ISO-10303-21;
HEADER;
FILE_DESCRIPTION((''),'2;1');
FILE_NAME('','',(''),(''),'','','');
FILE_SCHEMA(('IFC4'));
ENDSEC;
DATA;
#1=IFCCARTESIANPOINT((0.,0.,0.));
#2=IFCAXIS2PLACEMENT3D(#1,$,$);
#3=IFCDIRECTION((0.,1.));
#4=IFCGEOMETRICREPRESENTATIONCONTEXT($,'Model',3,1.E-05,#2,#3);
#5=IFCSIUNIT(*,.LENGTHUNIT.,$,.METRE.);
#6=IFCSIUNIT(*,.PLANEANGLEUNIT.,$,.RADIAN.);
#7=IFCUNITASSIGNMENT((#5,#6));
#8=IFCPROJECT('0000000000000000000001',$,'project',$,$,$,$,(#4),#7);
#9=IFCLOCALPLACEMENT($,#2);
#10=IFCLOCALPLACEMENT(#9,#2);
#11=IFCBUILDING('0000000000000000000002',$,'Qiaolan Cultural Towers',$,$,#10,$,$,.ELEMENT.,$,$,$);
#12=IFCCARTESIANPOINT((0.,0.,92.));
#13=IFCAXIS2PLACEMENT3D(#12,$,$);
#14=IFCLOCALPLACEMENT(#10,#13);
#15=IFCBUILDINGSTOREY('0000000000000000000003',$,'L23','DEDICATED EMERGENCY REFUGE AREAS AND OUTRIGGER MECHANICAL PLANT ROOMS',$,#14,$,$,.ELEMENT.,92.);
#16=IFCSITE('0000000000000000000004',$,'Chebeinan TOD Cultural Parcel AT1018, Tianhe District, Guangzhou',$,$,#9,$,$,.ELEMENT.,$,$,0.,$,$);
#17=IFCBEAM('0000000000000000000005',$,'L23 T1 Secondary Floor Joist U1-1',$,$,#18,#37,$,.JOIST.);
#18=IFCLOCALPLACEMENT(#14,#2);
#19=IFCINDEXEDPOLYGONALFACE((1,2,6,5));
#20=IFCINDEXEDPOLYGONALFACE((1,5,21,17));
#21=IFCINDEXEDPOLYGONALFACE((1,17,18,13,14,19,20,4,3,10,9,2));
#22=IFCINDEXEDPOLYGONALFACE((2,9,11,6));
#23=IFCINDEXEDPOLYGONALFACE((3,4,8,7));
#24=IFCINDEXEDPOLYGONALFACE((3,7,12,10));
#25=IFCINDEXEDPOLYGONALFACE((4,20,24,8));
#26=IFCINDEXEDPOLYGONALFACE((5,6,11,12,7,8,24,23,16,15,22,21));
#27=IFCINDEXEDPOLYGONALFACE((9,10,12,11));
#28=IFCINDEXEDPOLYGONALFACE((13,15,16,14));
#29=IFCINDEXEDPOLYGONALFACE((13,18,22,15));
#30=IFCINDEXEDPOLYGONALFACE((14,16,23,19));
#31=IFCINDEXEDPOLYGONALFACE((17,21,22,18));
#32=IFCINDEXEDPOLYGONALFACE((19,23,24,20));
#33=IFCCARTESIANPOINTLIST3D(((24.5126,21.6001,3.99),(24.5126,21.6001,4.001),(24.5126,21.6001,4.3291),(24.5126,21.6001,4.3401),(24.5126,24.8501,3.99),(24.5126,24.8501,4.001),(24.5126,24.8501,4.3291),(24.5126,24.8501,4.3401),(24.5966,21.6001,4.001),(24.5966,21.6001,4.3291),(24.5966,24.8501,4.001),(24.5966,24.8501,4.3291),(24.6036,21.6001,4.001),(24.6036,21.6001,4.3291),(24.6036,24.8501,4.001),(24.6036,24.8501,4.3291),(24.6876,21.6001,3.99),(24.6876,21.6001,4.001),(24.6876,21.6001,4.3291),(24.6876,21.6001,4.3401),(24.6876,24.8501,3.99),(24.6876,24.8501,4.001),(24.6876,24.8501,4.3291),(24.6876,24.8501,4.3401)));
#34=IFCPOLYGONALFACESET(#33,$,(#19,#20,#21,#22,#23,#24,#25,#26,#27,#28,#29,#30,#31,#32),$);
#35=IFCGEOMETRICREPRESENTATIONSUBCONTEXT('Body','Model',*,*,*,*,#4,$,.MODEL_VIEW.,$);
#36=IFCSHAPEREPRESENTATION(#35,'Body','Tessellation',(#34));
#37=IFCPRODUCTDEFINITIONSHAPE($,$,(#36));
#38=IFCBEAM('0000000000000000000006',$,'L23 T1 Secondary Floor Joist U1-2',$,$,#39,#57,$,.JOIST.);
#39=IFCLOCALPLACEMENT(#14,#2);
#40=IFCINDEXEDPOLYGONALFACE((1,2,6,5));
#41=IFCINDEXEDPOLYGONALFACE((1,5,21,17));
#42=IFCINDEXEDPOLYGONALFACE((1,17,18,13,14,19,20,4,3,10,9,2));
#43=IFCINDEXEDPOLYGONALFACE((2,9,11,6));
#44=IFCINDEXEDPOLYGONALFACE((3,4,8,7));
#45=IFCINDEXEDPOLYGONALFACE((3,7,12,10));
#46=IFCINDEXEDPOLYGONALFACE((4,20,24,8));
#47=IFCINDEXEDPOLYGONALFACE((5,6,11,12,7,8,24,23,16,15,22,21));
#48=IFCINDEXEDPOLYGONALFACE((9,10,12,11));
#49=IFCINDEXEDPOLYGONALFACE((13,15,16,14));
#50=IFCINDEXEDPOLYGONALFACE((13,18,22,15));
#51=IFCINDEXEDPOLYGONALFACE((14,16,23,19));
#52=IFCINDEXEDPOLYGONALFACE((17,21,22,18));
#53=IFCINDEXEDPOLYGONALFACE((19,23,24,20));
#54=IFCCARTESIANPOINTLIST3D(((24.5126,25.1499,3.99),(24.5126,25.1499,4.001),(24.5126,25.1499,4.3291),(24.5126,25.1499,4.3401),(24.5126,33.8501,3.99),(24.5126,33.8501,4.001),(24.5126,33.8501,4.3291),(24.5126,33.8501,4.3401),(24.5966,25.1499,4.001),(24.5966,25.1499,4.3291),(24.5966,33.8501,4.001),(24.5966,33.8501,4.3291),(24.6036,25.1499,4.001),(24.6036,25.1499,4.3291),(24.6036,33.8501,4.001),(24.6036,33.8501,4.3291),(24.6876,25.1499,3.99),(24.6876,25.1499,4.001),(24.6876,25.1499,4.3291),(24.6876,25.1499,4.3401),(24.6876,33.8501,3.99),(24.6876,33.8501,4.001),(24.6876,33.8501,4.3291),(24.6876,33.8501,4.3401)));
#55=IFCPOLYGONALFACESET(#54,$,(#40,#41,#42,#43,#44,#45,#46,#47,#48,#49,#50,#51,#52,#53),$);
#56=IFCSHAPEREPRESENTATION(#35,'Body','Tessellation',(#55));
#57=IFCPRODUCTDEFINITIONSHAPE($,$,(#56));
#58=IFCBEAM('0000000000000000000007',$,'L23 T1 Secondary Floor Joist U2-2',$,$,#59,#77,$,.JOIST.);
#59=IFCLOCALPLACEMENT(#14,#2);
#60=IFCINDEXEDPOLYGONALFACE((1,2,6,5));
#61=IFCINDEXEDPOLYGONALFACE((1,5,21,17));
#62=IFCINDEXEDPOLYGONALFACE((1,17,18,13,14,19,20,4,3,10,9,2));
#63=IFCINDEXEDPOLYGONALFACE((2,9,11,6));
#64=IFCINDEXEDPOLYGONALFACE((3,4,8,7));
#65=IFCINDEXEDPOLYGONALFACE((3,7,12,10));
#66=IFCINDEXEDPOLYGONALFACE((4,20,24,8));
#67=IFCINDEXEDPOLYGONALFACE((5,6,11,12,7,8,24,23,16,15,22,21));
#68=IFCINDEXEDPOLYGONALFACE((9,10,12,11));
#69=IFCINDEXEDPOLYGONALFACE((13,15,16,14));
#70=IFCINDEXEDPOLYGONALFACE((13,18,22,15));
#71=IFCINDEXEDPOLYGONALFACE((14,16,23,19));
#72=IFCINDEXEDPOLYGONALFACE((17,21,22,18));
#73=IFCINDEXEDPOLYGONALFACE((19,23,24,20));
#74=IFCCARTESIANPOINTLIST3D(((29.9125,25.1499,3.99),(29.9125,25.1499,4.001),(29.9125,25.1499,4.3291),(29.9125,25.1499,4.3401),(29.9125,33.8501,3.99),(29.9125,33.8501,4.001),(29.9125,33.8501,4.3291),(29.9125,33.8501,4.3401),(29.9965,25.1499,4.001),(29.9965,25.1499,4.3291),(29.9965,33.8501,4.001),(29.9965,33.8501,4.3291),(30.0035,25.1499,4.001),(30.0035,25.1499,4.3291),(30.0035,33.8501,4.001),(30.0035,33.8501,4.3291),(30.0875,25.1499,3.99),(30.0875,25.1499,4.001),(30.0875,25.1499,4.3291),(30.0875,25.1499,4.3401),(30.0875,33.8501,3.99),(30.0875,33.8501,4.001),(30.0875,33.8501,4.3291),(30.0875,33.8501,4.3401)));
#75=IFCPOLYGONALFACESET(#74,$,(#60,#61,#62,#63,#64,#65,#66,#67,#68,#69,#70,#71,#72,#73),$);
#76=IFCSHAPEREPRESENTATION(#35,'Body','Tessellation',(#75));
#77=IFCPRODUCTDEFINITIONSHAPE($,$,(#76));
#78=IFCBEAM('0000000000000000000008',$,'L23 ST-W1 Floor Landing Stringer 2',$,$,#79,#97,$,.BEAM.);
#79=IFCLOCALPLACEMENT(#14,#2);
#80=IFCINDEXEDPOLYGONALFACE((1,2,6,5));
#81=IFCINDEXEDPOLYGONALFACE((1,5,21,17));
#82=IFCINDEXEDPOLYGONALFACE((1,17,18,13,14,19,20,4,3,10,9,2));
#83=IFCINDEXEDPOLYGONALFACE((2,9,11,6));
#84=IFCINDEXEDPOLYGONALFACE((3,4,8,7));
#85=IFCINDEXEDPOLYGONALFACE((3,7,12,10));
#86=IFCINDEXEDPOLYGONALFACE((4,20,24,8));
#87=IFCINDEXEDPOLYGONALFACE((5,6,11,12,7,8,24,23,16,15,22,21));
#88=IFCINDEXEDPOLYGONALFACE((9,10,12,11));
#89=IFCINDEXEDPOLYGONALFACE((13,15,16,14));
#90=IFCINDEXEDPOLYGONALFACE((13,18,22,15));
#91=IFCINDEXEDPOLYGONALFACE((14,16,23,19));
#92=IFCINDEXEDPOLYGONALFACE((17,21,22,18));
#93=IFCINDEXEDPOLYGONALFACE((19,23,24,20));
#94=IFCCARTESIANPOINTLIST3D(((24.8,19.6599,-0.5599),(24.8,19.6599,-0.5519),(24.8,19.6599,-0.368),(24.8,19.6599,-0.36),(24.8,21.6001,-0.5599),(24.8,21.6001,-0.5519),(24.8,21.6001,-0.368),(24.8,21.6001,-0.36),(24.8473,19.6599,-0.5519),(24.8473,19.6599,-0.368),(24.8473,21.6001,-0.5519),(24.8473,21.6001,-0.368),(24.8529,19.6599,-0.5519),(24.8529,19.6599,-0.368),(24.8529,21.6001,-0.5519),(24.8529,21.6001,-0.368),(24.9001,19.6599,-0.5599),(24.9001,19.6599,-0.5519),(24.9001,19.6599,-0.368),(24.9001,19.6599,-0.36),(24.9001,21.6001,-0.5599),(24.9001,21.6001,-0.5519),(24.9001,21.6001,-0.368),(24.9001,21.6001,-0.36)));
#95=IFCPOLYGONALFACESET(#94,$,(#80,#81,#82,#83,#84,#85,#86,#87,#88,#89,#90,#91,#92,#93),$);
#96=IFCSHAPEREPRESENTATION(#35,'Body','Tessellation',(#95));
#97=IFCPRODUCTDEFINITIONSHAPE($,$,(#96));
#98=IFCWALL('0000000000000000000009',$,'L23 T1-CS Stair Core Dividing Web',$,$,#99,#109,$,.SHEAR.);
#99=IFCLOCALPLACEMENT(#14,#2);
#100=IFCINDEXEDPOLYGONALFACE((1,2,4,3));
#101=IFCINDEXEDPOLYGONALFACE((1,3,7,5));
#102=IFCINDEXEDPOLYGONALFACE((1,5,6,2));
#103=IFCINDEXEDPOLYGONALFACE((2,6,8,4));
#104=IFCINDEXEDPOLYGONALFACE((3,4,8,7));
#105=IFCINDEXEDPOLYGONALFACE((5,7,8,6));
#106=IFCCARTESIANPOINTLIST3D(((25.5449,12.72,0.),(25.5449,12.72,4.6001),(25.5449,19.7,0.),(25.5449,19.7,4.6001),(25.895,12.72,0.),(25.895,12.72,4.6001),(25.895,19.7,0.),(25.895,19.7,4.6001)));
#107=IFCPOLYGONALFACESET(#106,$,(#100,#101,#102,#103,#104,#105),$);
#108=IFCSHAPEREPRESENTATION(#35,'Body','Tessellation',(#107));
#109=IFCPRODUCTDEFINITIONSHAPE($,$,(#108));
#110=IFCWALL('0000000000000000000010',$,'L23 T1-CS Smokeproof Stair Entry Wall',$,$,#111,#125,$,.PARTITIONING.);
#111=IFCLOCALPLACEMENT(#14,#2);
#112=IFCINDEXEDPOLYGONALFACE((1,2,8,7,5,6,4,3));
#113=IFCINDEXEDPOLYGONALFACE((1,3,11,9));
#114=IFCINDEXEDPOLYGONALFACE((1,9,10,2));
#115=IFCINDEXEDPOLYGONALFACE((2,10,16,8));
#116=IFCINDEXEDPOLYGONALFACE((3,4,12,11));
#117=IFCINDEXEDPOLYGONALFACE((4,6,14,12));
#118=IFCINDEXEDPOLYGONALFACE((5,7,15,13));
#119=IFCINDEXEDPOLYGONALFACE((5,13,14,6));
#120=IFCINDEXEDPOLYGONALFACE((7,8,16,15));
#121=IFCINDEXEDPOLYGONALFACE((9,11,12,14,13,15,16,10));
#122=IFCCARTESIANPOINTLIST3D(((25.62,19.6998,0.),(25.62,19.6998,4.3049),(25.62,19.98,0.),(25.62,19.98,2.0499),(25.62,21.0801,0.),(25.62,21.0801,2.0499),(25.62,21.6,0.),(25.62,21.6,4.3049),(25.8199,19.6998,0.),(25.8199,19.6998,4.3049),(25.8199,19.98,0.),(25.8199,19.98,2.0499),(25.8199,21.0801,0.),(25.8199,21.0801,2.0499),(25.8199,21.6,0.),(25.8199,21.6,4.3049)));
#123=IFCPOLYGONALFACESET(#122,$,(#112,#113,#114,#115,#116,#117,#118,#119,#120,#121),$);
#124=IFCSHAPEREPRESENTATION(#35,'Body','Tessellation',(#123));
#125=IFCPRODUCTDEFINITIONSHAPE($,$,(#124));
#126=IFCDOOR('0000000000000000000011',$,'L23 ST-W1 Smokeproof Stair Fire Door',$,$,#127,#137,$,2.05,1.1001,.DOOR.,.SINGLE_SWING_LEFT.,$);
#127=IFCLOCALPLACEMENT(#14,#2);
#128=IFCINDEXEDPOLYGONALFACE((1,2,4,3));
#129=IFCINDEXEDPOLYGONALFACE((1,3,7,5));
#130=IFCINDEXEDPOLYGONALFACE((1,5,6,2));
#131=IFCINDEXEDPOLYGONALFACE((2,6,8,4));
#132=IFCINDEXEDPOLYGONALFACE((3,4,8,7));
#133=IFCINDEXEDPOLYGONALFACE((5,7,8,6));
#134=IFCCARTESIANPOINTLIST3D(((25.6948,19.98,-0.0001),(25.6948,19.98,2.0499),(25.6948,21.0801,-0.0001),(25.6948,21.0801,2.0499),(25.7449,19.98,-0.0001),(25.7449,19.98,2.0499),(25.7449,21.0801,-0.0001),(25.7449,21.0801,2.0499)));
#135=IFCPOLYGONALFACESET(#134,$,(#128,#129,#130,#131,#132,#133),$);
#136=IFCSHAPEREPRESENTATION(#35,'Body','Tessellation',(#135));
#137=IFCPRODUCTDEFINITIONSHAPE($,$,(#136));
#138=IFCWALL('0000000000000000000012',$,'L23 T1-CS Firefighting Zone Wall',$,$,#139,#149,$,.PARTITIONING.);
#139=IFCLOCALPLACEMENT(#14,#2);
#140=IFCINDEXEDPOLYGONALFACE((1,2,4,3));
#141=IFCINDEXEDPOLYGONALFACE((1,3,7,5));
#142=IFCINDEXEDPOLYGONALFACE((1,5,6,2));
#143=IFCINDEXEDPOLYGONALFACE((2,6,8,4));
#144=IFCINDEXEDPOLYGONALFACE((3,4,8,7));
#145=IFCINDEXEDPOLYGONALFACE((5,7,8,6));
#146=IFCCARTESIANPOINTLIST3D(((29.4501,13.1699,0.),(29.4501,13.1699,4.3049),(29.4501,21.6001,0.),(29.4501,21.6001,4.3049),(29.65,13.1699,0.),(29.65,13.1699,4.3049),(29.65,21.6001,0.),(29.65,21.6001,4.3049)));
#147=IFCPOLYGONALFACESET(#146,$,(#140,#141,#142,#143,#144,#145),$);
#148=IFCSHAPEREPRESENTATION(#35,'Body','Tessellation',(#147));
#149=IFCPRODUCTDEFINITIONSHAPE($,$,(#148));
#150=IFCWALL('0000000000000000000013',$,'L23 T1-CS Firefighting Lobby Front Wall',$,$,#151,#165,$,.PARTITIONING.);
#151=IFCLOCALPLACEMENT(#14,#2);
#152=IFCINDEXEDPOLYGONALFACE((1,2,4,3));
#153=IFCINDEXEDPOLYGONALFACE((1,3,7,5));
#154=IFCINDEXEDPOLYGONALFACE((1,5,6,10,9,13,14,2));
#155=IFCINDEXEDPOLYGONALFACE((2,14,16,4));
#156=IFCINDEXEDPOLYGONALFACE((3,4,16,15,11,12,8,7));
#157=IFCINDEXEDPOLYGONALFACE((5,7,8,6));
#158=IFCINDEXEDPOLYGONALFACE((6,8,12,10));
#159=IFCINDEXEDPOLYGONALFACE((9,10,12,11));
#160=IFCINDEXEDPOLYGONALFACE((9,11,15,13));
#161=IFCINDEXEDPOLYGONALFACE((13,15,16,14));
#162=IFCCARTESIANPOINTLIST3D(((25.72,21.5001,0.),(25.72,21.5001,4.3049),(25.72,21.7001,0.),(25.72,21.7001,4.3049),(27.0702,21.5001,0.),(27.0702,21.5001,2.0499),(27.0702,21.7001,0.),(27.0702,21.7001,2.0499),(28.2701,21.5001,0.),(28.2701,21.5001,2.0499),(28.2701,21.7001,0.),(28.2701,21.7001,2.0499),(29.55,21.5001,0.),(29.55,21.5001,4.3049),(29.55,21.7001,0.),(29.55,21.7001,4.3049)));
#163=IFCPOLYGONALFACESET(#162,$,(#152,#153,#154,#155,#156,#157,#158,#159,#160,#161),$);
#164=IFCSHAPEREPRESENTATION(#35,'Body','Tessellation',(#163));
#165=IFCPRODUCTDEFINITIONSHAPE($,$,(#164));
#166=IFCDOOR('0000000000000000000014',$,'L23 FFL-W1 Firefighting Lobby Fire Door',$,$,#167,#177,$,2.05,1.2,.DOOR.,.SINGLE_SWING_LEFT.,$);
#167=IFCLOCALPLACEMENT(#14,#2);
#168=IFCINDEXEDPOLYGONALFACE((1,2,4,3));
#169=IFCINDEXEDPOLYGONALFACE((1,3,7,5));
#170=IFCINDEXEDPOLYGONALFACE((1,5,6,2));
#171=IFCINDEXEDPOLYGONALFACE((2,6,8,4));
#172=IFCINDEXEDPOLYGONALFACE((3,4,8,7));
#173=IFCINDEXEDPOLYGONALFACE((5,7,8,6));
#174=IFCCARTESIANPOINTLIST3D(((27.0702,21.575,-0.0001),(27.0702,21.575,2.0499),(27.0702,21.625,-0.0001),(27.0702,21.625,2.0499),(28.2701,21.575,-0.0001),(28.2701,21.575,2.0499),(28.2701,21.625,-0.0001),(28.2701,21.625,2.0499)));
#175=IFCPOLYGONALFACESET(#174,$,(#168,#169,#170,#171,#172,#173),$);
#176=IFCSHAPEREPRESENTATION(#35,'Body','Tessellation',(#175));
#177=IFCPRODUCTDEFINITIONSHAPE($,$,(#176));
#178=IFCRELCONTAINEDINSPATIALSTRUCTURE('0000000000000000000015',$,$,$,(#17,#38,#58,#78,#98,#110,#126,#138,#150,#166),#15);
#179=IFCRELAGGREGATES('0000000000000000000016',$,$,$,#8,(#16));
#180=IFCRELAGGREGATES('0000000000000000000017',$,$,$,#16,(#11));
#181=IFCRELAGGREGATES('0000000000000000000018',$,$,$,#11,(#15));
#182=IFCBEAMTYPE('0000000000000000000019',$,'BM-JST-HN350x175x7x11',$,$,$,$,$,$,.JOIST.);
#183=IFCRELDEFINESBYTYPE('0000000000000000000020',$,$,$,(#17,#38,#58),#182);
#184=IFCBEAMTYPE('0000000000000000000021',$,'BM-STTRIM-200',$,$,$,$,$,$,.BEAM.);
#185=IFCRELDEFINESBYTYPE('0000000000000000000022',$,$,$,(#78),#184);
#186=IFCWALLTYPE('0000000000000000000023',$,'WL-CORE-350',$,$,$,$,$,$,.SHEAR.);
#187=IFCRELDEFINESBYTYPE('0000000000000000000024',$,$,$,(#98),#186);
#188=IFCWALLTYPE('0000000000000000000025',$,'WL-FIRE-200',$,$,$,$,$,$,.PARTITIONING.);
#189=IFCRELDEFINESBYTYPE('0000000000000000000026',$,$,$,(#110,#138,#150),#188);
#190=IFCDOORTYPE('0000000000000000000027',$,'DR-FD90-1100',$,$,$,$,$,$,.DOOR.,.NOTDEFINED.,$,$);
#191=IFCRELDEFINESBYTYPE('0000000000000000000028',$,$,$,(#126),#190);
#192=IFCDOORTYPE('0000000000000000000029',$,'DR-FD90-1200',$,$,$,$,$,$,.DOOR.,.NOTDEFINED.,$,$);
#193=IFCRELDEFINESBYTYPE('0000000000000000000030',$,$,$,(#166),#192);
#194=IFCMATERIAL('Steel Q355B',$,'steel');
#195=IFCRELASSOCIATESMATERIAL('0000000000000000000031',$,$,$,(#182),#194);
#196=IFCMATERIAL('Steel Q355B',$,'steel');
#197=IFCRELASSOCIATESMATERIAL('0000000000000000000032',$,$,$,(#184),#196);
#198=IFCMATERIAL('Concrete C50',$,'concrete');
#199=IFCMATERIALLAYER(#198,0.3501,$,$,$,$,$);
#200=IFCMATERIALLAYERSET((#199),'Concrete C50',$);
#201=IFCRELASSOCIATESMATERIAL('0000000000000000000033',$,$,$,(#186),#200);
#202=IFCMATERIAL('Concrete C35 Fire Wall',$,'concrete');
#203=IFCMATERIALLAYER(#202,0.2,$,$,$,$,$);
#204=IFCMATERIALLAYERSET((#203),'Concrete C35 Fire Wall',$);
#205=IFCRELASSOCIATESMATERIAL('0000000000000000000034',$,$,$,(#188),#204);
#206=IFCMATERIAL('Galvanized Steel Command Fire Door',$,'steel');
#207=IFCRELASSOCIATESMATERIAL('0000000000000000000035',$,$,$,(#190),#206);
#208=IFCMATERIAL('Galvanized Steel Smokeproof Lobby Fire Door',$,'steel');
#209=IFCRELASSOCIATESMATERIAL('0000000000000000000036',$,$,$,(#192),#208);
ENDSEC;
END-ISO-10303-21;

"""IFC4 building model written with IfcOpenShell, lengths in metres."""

from ifc_helpers import new_model, si_unit, direction, frame, frame_2d, origin, origin_2d, place, context, subcontext, project, spatial, rectangle, i_section, extrude, material, layer, layer_set, material_profile, profile_set, type_object, element, fill, save


model = new_model("IFC4")

# Units and contexts
model_context = context("Model", 3, precision=1e-05, world=origin(), true_north=direction((0.0, 1.0)))
body_context = subcontext(model_context, "Body", "Model", "MODEL_VIEW")
ifc_project = project(units=[si_unit("LENGTHUNIT", "METRE"), si_unit("PLANEANGLEUNIT", "RADIAN")], contexts=[model_context])

# Site, building, storey
site_placement = place(None, origin())
site = spatial("IfcSite", under=ifc_project, at=site_placement, Name="Chebeinan TOD Cultural Parcel AT1018, Tianhe District, Guangzhou", CompositionType="ELEMENT", RefElevation=0.0)
building_placement = place(site_placement, origin())
building = spatial("IfcBuilding", under=site, at=building_placement, Name="Qiaolan Cultural Towers", CompositionType="ELEMENT")
storey_placement = place(building_placement, frame((0.0, 0.0, 92.0)))
storey = spatial("IfcBuildingStorey", under=building, at=storey_placement, Name="L23", Description="DEDICATED EMERGENCY REFUGE AREAS AND OUTRIGGER MECHANICAL PLANT ROOMS", CompositionType="ELEMENT", Elevation=92.0)

# Beams
ifc_material_1 = material(Name="Steel Q355B", Category="steel")
ifc_material_profile_1 = material_profile(ifc_material_1, i_section(OverallWidth=0.175, OverallDepth=0.3501, WebThickness=0.0071, FlangeThickness=0.011, at=origin_2d()), Name="HN350x175x7x11")
ifc_profile_set_1 = profile_set([ifc_material_profile_1], Name="Steel Q355B")
beam_type_1 = type_object("IfcBeamType", Name="BM-JST-HN350x175x7x11", PredefinedType="JOIST", material=ifc_profile_set_1)
beam_1_placement = place(storey_placement, frame((24.6001, 21.6001, 4.165), z_axis=(0.0, 1.0, 0.0), x_axis=(-1.0, 0.0, 0.0)))
element("IfcBeam", 1, at=beam_1_placement, inside=storey, type_object=beam_type_1, Name="L23 T1 Secondary Floor Joist U1-1", PredefinedType="JOIST", context=body_context, shape_type="SweptSolid", body=[
    extrude(i_section(OverallWidth=0.175, OverallDepth=0.3501, WebThickness=0.0071, FlangeThickness=0.011, at=origin_2d()), origin(), (0.0, 0.0, 1.0), 3.25),
])
for number, where, z_axis, x_axis, name in (
    (2, (24.6001, 25.1499, 4.165), (0.0, 1.0, 0.0), (-1.0, 0.0, 0.0), "L23 T1 Secondary Floor Joist U1-2"),
    (3, (30.0, 25.1499, 4.165), (0.0, 1.0, 0.0), (-1.0, 0.0, 0.0), "L23 T1 Secondary Floor Joist U2-2"),
):
    element("IfcBeam", number, at=place(storey_placement, frame(where, z_axis=z_axis, x_axis=x_axis)), inside=storey, type_object=beam_type_1, Name=name, PredefinedType="JOIST", context=body_context, shape_type="SweptSolid", body=[
        extrude(i_section(OverallWidth=0.175, OverallDepth=0.3501, WebThickness=0.0071, FlangeThickness=0.011, at=origin_2d()), origin(), (0.0, 0.0, 1.0), 8.7002),
    ])
ifc_material_2 = material(Name="Steel Q355B", Category="steel")
ifc_material_profile_2 = material_profile(ifc_material_2, i_section(OverallWidth=0.1001, OverallDepth=0.2, WebThickness=0.0056, FlangeThickness=0.0081, at=origin_2d()), Name="HN200x100x5.5x8")
ifc_profile_set_2 = profile_set([ifc_material_profile_2], Name="Steel Q355B")
beam_type_2 = type_object("IfcBeamType", Name="BM-STTRIM-200", PredefinedType="BEAM", material=ifc_profile_set_2)
beam_2_placement = place(storey_placement, frame((24.8501, 21.6001, -0.46), z_axis=(0.0, -1.0, 0.0), x_axis=(1.0, 0.0, 0.0)))
element("IfcBeam", 4, at=beam_2_placement, inside=storey, type_object=beam_type_2, Name="L23 ST-W1 Floor Landing Stringer 2", PredefinedType="BEAM", context=body_context, shape_type="SweptSolid", body=[
    extrude(i_section(OverallWidth=0.1001, OverallDepth=0.2, WebThickness=0.0056, FlangeThickness=0.0081, at=origin_2d()), origin(), (0.0, 0.0, 1.0), 1.9402),
])

# Wall
ifc_material_3 = material(Name="Concrete C50", Category="concrete")
ifc_layer_1 = layer(ifc_material_3, 0.3501)
ifc_layer_set_1 = layer_set([ifc_layer_1], Name="Concrete C50")
wall_type_1 = type_object("IfcWallType", Name="WL-CORE-350", PredefinedType="SHEAR", material=ifc_layer_set_1)
wall_1_placement = place(storey_placement, frame((25.72, 19.7, 0.0), z_axis=(0.0, 0.0, 1.0), x_axis=(0.0, -1.0, 0.0)))
element("IfcWall", 5, at=wall_1_placement, inside=storey, type_object=wall_type_1, Name="L23 T1-CS Stair Core Dividing Web", PredefinedType="SHEAR", context=body_context, shape_type="SweptSolid", body=[
    extrude(rectangle(XDim=6.98, YDim=0.3501, at=frame_2d((3.49, 0.0))), origin(), (0.0, 0.0, 1.0), 4.6001),
])

# Wall, opening, door
ifc_material_4 = material(Name="Concrete C35 Fire Wall", Category="concrete")
ifc_layer_2 = layer(ifc_material_4, 0.2)
ifc_layer_set_2 = layer_set([ifc_layer_2], Name="Concrete C35 Fire Wall")
wall_type_2 = type_object("IfcWallType", Name="WL-FIRE-200", PredefinedType="PARTITIONING", material=ifc_layer_set_2)
wall_2_placement = place(storey_placement, frame((25.72, 21.6001, 0.0), z_axis=(0.0, 0.0, 1.0), x_axis=(0.0, -1.0, 0.0)))
wall_2 = element("IfcWall", 6, at=wall_2_placement, inside=storey, type_object=wall_type_2, Name="L23 T1-CS Smokeproof Stair Entry Wall", PredefinedType="PARTITIONING", context=body_context, shape_type="SweptSolid", body=[
    extrude(rectangle(XDim=1.9001, YDim=0.2, at=frame_2d((0.9502, 0.0))), origin(), (0.0, 0.0, 1.0), 4.3049),
])
opening_1_placement = place(wall_2_placement, frame((0.52, 0.0, 0.0)))
opening_1 = element("IfcOpeningElement", 7, at=opening_1_placement, cuts=wall_2, PredefinedType="OPENING", context=body_context, shape_type="SweptSolid", body=[
    extrude(rectangle(XDim=1.1001, YDim=2.05, at=frame_2d((0.55, 1.0249))), frame((0.0, 0.1099, 0.0), z_axis=(0.0, -1.0, 0.0), x_axis=(1.0, 0.0, 0.0)), (0.0, 0.0, 1.0), 0.22),
])
ifc_material_5 = material(Name="Galvanized Steel Command Fire Door", Category="steel")
door_type_1 = type_object("IfcDoorType", Name="DR-FD90-1100", OperationType="NOTDEFINED", PredefinedType="DOOR", material=ifc_material_5)
door_1_placement = place(opening_1_placement, origin())
door_1 = element("IfcDoor", 8, at=door_1_placement, inside=storey, type_object=door_type_1, Name="L23 ST-W1 Smokeproof Stair Fire Door", OperationType="SINGLE_SWING_LEFT", OverallHeight=2.05, OverallWidth=1.1001, PredefinedType="DOOR", context=body_context, shape_type="SweptSolid", body=[
    extrude(rectangle(XDim=1.1001, YDim=2.05, at=frame_2d((0.55, 1.0249))), frame((0.0, 0.0249, 0.0), z_axis=(0.0, -1.0, 0.0), x_axis=(1.0, 0.0, 0.0)), (0.0, 0.0, 1.0), 0.05),
])
fill(opening_1, door_1)

# Wall
wall_3_placement = place(storey_placement, frame((29.55, 21.6001, 0.0), z_axis=(0.0, 0.0, 1.0), x_axis=(0.0, -1.0, 0.0)))
element("IfcWall", 9, at=wall_3_placement, inside=storey, type_object=wall_type_2, Name="L23 T1-CS Firefighting Zone Wall", PredefinedType="PARTITIONING", context=body_context, shape_type="SweptSolid", body=[
    extrude(rectangle(XDim=8.4302, YDim=0.2, at=frame_2d((4.2151, 0.0))), origin(), (0.0, 0.0, 1.0), 4.3049),
])

# Wall, opening, door
wall_4_placement = place(storey_placement, frame((25.72, 21.6001, 0.0), z_axis=(0.0, 0.0, 1.0), x_axis=(1.0, 0.0, 0.0)))
wall_4 = element("IfcWall", 10, at=wall_4_placement, inside=storey, type_object=wall_type_2, Name="L23 T1-CS Firefighting Lobby Front Wall", PredefinedType="PARTITIONING", context=body_context, shape_type="SweptSolid", body=[
    extrude(rectangle(XDim=3.8301, YDim=0.2, at=frame_2d((1.915, 0.0))), origin(), (0.0, 0.0, 1.0), 4.3049),
])
opening_2_placement = place(wall_4_placement, frame((1.3501, 0.0, 0.0)))
opening_2 = element("IfcOpeningElement", 11, at=opening_2_placement, cuts=wall_4, PredefinedType="OPENING", context=body_context, shape_type="SweptSolid", body=[
    extrude(rectangle(XDim=1.2, YDim=2.05, at=frame_2d((0.6001, 1.0249))), frame((0.0, 0.1099, 0.0), z_axis=(0.0, -1.0, 0.0), x_axis=(1.0, 0.0, 0.0)), (0.0, 0.0, 1.0), 0.22),
])
ifc_material_6 = material(Name="Galvanized Steel Smokeproof Lobby Fire Door", Category="steel")
door_type_2 = type_object("IfcDoorType", Name="DR-FD90-1200", OperationType="NOTDEFINED", PredefinedType="DOOR", material=ifc_material_6)
door_2_placement = place(opening_2_placement, origin())
door_2 = element("IfcDoor", 12, at=door_2_placement, inside=storey, type_object=door_type_2, Name="L23 FFL-W1 Firefighting Lobby Fire Door", OperationType="SINGLE_SWING_LEFT", OverallHeight=2.05, OverallWidth=1.2, PredefinedType="DOOR", context=body_context, shape_type="SweptSolid", body=[
    extrude(rectangle(XDim=1.2, YDim=2.05, at=frame_2d((0.6001, 1.0249))), frame((0.0, 0.0249, 0.0), z_axis=(0.0, -1.0, 0.0), x_axis=(1.0, 0.0, 0.0)), (0.0, 0.0, 1.0), 0.05),
])
fill(opening_2, door_2)

save(model, "model.ifc")
